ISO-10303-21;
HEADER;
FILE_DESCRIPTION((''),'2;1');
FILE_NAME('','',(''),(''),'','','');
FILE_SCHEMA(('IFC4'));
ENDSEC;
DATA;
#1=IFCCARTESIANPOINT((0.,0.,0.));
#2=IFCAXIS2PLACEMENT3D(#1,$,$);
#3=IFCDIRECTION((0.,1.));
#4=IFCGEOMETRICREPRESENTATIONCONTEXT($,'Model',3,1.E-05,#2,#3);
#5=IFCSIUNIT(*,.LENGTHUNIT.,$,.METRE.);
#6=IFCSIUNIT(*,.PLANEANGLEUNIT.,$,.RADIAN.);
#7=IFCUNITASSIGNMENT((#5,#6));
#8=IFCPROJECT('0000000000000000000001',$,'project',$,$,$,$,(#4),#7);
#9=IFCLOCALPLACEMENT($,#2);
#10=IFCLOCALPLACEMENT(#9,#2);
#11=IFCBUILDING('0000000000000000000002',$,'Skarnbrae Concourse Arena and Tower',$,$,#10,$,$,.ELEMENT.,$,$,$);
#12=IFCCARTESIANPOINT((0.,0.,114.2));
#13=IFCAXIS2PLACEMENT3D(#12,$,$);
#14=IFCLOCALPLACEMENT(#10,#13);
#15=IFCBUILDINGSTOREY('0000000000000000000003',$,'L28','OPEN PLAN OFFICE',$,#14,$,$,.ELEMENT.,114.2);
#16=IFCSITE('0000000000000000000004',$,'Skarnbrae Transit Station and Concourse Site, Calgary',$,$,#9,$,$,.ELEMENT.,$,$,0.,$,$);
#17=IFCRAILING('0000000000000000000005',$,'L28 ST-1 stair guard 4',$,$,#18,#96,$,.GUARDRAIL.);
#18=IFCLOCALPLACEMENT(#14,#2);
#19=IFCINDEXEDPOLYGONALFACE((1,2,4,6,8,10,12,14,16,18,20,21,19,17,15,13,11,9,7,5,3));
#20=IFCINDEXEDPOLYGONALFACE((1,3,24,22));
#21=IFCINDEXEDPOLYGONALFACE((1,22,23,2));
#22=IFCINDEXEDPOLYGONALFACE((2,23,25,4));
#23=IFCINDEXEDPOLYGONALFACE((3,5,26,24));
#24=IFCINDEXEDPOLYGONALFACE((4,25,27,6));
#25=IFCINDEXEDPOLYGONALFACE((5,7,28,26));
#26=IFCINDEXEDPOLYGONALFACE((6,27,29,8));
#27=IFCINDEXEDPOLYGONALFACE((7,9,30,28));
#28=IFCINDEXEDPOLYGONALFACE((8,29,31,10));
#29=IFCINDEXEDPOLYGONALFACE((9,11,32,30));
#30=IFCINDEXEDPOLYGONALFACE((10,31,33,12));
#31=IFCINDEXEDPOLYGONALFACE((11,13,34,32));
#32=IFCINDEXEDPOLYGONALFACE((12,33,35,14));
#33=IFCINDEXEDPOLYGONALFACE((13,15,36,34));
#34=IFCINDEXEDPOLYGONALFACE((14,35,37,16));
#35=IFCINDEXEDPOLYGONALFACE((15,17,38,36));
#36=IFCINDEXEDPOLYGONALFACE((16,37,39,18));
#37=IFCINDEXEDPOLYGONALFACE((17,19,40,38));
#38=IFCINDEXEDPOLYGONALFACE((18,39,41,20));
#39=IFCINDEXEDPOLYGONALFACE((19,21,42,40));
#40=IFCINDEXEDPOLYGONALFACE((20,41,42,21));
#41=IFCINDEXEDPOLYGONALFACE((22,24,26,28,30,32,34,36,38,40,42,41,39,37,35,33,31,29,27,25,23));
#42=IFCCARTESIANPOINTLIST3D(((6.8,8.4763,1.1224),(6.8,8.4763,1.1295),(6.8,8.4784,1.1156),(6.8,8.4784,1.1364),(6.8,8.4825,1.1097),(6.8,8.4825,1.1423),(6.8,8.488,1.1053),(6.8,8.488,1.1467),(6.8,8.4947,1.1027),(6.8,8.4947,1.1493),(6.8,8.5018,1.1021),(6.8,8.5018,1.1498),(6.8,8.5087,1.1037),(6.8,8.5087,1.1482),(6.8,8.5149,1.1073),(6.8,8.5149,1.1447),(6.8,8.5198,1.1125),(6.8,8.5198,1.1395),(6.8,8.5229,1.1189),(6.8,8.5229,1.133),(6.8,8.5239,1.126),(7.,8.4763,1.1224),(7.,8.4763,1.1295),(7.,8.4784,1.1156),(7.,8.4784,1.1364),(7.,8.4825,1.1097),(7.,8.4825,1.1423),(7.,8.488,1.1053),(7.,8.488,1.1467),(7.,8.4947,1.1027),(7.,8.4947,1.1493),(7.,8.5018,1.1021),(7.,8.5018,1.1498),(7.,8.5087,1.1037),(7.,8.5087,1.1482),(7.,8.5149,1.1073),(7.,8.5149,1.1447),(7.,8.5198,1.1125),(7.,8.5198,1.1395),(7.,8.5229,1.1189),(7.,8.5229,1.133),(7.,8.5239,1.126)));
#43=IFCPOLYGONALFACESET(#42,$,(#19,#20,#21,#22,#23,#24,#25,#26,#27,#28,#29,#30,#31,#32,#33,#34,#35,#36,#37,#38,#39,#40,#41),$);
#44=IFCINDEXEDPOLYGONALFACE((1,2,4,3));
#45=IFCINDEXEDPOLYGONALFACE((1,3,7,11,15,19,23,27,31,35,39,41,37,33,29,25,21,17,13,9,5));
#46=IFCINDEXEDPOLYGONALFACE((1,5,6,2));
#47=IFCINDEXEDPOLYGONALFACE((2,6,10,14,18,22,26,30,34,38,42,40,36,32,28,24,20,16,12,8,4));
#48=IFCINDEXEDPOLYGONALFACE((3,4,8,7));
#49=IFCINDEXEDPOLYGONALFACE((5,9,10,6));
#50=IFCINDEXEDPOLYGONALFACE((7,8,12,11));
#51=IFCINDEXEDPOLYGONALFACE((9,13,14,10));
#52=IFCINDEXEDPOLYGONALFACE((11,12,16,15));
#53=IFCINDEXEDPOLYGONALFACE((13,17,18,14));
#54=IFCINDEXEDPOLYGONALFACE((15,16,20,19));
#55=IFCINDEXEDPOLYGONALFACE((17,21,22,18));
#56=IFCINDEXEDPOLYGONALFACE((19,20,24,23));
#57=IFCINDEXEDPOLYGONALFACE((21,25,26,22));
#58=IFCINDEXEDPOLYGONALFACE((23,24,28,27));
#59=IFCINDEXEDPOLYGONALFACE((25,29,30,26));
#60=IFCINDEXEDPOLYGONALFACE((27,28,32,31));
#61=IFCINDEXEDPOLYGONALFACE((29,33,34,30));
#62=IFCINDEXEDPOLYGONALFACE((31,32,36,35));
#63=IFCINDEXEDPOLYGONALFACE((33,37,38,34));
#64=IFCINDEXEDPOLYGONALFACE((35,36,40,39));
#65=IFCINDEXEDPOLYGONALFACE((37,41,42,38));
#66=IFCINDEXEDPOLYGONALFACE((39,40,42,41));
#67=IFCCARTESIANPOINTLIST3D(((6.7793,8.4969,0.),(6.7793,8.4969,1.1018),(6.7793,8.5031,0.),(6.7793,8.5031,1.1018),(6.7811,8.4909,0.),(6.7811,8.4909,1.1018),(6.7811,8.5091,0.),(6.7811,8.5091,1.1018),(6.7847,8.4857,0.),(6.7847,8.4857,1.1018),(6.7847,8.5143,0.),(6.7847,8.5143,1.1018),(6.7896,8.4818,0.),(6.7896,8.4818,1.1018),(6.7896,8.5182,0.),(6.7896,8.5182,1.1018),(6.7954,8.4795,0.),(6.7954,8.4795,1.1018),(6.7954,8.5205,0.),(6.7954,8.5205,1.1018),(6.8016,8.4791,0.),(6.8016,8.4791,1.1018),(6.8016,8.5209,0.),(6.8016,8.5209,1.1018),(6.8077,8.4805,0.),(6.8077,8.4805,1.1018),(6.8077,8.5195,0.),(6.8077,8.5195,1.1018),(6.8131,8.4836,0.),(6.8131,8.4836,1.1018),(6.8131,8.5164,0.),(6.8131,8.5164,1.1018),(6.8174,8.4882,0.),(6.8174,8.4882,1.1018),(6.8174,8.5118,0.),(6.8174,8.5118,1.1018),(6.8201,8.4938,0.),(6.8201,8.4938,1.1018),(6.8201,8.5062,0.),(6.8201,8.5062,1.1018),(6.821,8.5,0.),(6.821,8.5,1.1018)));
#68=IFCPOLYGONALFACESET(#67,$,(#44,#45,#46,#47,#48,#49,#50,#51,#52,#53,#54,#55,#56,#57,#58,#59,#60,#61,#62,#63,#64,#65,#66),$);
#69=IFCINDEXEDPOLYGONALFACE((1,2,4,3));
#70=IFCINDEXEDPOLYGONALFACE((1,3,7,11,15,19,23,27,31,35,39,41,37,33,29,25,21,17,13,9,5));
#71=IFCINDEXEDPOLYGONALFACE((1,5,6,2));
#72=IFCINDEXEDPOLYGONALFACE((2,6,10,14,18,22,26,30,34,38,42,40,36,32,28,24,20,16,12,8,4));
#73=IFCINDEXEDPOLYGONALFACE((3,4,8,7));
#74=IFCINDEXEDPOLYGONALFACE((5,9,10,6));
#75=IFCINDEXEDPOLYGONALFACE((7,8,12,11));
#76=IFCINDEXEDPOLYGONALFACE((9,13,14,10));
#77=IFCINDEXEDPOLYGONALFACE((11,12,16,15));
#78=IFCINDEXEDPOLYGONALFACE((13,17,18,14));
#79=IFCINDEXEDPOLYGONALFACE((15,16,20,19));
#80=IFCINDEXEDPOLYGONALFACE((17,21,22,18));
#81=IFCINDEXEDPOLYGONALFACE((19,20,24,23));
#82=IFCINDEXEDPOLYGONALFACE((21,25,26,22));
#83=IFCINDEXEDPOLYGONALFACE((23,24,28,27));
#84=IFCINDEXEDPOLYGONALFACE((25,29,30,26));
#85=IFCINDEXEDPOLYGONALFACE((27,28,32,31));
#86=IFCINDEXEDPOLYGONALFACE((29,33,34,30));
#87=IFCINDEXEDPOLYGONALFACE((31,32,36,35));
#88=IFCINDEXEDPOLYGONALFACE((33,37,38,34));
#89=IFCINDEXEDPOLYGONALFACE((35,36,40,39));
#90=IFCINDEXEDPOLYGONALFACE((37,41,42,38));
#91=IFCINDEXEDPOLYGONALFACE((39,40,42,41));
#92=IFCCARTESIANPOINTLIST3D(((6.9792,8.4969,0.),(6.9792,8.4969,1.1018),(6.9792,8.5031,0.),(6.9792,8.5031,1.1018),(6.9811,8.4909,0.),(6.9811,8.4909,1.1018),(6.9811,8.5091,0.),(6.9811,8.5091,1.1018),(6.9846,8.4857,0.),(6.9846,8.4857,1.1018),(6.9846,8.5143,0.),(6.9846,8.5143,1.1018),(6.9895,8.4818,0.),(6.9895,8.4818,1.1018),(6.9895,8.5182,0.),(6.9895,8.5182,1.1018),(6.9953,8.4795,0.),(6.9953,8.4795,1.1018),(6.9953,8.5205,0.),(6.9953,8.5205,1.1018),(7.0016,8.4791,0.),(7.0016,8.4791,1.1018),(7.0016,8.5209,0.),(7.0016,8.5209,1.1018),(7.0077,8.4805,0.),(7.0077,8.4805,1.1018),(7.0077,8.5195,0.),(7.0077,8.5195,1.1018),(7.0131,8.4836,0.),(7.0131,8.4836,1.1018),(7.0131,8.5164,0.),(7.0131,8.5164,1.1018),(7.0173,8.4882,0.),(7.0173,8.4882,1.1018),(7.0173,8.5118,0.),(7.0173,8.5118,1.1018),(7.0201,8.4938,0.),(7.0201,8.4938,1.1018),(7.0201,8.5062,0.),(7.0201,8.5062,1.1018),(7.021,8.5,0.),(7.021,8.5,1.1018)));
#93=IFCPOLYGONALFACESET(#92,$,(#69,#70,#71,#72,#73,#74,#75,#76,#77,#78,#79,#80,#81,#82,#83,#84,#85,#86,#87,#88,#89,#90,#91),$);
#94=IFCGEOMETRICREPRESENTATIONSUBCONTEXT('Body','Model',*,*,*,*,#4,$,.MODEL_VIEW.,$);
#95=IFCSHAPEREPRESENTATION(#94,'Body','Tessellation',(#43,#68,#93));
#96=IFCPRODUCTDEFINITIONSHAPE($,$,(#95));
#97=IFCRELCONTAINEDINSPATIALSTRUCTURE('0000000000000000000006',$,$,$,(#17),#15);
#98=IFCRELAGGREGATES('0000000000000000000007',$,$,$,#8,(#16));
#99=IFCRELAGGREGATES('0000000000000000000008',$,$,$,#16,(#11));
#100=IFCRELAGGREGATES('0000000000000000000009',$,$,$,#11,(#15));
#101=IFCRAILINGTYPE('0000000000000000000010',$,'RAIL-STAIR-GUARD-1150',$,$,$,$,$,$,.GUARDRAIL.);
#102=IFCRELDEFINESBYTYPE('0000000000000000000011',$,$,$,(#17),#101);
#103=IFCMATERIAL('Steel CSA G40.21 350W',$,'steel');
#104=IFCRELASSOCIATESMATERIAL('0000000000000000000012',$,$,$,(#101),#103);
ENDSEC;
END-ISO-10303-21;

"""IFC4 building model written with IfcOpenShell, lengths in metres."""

from ifc_helpers import new_model, si_unit, direction, frame, origin, origin_2d, place, context, subcontext, project, spatial, circle, extrude, material, type_object, element, save


model = new_model("IFC4")

# Units and contexts
model_context = context("Model", 3, precision=1e-05, world=origin(), true_north=direction((0.0, 1.0)))
body_context = subcontext(model_context, "Body", "Model", "MODEL_VIEW")
ifc_project = project(units=[si_unit("LENGTHUNIT", "METRE"), si_unit("PLANEANGLEUNIT", "RADIAN")], contexts=[model_context])

# Site, building, storey
site_placement = place(None, origin())
site = spatial("IfcSite", under=ifc_project, at=site_placement, Name="Skarnbrae Transit Station and Concourse Site, Calgary", CompositionType="ELEMENT", RefElevation=0.0)
building_placement = place(site_placement, origin())
building = spatial("IfcBuilding", under=site, at=building_placement, Name="Skarnbrae Concourse Arena and Tower", CompositionType="ELEMENT")
storey_placement = place(building_placement, frame((0.0, 0.0, 114.2)))
storey = spatial("IfcBuildingStorey", under=building, at=storey_placement, Name="L28", Description="OPEN PLAN OFFICE", CompositionType="ELEMENT", Elevation=114.2)

# Railing
ifc_material_1 = material(Name="Steel CSA G40.21 350W", Category="steel")
railing_type_1 = type_object("IfcRailingType", Name="RAIL-STAIR-GUARD-1150", PredefinedType="GUARDRAIL", material=ifc_material_1)
railing_1_placement = place(storey_placement, frame((6.8, 8.5, 0.0)))
element("IfcRailing", 1, at=railing_1_placement, inside=storey, type_object=railing_type_1, Name="L28 ST-1 stair guard 4", PredefinedType="GUARDRAIL", context=body_context, shape_type="SweptSolid", body=[
    extrude(circle(Radius=0.0239, at=origin_2d()), frame((0.0, 0.0, 1.126), z_axis=(1.0, 0.0, 0.0), x_axis=(0.0, 1.0, 0.0)), (0.0, 0.0, 1.0), 0.2),
    extrude(circle(Radius=0.021, at=origin_2d()), origin(), (0.0, 0.0, 1.0), 1.1018),
    extrude(circle(Radius=0.021, at=origin_2d()), frame((0.2, 0.0, 0.0)), (0.0, 0.0, 1.0), 1.1018),
])

save(model, "model.ifc")
